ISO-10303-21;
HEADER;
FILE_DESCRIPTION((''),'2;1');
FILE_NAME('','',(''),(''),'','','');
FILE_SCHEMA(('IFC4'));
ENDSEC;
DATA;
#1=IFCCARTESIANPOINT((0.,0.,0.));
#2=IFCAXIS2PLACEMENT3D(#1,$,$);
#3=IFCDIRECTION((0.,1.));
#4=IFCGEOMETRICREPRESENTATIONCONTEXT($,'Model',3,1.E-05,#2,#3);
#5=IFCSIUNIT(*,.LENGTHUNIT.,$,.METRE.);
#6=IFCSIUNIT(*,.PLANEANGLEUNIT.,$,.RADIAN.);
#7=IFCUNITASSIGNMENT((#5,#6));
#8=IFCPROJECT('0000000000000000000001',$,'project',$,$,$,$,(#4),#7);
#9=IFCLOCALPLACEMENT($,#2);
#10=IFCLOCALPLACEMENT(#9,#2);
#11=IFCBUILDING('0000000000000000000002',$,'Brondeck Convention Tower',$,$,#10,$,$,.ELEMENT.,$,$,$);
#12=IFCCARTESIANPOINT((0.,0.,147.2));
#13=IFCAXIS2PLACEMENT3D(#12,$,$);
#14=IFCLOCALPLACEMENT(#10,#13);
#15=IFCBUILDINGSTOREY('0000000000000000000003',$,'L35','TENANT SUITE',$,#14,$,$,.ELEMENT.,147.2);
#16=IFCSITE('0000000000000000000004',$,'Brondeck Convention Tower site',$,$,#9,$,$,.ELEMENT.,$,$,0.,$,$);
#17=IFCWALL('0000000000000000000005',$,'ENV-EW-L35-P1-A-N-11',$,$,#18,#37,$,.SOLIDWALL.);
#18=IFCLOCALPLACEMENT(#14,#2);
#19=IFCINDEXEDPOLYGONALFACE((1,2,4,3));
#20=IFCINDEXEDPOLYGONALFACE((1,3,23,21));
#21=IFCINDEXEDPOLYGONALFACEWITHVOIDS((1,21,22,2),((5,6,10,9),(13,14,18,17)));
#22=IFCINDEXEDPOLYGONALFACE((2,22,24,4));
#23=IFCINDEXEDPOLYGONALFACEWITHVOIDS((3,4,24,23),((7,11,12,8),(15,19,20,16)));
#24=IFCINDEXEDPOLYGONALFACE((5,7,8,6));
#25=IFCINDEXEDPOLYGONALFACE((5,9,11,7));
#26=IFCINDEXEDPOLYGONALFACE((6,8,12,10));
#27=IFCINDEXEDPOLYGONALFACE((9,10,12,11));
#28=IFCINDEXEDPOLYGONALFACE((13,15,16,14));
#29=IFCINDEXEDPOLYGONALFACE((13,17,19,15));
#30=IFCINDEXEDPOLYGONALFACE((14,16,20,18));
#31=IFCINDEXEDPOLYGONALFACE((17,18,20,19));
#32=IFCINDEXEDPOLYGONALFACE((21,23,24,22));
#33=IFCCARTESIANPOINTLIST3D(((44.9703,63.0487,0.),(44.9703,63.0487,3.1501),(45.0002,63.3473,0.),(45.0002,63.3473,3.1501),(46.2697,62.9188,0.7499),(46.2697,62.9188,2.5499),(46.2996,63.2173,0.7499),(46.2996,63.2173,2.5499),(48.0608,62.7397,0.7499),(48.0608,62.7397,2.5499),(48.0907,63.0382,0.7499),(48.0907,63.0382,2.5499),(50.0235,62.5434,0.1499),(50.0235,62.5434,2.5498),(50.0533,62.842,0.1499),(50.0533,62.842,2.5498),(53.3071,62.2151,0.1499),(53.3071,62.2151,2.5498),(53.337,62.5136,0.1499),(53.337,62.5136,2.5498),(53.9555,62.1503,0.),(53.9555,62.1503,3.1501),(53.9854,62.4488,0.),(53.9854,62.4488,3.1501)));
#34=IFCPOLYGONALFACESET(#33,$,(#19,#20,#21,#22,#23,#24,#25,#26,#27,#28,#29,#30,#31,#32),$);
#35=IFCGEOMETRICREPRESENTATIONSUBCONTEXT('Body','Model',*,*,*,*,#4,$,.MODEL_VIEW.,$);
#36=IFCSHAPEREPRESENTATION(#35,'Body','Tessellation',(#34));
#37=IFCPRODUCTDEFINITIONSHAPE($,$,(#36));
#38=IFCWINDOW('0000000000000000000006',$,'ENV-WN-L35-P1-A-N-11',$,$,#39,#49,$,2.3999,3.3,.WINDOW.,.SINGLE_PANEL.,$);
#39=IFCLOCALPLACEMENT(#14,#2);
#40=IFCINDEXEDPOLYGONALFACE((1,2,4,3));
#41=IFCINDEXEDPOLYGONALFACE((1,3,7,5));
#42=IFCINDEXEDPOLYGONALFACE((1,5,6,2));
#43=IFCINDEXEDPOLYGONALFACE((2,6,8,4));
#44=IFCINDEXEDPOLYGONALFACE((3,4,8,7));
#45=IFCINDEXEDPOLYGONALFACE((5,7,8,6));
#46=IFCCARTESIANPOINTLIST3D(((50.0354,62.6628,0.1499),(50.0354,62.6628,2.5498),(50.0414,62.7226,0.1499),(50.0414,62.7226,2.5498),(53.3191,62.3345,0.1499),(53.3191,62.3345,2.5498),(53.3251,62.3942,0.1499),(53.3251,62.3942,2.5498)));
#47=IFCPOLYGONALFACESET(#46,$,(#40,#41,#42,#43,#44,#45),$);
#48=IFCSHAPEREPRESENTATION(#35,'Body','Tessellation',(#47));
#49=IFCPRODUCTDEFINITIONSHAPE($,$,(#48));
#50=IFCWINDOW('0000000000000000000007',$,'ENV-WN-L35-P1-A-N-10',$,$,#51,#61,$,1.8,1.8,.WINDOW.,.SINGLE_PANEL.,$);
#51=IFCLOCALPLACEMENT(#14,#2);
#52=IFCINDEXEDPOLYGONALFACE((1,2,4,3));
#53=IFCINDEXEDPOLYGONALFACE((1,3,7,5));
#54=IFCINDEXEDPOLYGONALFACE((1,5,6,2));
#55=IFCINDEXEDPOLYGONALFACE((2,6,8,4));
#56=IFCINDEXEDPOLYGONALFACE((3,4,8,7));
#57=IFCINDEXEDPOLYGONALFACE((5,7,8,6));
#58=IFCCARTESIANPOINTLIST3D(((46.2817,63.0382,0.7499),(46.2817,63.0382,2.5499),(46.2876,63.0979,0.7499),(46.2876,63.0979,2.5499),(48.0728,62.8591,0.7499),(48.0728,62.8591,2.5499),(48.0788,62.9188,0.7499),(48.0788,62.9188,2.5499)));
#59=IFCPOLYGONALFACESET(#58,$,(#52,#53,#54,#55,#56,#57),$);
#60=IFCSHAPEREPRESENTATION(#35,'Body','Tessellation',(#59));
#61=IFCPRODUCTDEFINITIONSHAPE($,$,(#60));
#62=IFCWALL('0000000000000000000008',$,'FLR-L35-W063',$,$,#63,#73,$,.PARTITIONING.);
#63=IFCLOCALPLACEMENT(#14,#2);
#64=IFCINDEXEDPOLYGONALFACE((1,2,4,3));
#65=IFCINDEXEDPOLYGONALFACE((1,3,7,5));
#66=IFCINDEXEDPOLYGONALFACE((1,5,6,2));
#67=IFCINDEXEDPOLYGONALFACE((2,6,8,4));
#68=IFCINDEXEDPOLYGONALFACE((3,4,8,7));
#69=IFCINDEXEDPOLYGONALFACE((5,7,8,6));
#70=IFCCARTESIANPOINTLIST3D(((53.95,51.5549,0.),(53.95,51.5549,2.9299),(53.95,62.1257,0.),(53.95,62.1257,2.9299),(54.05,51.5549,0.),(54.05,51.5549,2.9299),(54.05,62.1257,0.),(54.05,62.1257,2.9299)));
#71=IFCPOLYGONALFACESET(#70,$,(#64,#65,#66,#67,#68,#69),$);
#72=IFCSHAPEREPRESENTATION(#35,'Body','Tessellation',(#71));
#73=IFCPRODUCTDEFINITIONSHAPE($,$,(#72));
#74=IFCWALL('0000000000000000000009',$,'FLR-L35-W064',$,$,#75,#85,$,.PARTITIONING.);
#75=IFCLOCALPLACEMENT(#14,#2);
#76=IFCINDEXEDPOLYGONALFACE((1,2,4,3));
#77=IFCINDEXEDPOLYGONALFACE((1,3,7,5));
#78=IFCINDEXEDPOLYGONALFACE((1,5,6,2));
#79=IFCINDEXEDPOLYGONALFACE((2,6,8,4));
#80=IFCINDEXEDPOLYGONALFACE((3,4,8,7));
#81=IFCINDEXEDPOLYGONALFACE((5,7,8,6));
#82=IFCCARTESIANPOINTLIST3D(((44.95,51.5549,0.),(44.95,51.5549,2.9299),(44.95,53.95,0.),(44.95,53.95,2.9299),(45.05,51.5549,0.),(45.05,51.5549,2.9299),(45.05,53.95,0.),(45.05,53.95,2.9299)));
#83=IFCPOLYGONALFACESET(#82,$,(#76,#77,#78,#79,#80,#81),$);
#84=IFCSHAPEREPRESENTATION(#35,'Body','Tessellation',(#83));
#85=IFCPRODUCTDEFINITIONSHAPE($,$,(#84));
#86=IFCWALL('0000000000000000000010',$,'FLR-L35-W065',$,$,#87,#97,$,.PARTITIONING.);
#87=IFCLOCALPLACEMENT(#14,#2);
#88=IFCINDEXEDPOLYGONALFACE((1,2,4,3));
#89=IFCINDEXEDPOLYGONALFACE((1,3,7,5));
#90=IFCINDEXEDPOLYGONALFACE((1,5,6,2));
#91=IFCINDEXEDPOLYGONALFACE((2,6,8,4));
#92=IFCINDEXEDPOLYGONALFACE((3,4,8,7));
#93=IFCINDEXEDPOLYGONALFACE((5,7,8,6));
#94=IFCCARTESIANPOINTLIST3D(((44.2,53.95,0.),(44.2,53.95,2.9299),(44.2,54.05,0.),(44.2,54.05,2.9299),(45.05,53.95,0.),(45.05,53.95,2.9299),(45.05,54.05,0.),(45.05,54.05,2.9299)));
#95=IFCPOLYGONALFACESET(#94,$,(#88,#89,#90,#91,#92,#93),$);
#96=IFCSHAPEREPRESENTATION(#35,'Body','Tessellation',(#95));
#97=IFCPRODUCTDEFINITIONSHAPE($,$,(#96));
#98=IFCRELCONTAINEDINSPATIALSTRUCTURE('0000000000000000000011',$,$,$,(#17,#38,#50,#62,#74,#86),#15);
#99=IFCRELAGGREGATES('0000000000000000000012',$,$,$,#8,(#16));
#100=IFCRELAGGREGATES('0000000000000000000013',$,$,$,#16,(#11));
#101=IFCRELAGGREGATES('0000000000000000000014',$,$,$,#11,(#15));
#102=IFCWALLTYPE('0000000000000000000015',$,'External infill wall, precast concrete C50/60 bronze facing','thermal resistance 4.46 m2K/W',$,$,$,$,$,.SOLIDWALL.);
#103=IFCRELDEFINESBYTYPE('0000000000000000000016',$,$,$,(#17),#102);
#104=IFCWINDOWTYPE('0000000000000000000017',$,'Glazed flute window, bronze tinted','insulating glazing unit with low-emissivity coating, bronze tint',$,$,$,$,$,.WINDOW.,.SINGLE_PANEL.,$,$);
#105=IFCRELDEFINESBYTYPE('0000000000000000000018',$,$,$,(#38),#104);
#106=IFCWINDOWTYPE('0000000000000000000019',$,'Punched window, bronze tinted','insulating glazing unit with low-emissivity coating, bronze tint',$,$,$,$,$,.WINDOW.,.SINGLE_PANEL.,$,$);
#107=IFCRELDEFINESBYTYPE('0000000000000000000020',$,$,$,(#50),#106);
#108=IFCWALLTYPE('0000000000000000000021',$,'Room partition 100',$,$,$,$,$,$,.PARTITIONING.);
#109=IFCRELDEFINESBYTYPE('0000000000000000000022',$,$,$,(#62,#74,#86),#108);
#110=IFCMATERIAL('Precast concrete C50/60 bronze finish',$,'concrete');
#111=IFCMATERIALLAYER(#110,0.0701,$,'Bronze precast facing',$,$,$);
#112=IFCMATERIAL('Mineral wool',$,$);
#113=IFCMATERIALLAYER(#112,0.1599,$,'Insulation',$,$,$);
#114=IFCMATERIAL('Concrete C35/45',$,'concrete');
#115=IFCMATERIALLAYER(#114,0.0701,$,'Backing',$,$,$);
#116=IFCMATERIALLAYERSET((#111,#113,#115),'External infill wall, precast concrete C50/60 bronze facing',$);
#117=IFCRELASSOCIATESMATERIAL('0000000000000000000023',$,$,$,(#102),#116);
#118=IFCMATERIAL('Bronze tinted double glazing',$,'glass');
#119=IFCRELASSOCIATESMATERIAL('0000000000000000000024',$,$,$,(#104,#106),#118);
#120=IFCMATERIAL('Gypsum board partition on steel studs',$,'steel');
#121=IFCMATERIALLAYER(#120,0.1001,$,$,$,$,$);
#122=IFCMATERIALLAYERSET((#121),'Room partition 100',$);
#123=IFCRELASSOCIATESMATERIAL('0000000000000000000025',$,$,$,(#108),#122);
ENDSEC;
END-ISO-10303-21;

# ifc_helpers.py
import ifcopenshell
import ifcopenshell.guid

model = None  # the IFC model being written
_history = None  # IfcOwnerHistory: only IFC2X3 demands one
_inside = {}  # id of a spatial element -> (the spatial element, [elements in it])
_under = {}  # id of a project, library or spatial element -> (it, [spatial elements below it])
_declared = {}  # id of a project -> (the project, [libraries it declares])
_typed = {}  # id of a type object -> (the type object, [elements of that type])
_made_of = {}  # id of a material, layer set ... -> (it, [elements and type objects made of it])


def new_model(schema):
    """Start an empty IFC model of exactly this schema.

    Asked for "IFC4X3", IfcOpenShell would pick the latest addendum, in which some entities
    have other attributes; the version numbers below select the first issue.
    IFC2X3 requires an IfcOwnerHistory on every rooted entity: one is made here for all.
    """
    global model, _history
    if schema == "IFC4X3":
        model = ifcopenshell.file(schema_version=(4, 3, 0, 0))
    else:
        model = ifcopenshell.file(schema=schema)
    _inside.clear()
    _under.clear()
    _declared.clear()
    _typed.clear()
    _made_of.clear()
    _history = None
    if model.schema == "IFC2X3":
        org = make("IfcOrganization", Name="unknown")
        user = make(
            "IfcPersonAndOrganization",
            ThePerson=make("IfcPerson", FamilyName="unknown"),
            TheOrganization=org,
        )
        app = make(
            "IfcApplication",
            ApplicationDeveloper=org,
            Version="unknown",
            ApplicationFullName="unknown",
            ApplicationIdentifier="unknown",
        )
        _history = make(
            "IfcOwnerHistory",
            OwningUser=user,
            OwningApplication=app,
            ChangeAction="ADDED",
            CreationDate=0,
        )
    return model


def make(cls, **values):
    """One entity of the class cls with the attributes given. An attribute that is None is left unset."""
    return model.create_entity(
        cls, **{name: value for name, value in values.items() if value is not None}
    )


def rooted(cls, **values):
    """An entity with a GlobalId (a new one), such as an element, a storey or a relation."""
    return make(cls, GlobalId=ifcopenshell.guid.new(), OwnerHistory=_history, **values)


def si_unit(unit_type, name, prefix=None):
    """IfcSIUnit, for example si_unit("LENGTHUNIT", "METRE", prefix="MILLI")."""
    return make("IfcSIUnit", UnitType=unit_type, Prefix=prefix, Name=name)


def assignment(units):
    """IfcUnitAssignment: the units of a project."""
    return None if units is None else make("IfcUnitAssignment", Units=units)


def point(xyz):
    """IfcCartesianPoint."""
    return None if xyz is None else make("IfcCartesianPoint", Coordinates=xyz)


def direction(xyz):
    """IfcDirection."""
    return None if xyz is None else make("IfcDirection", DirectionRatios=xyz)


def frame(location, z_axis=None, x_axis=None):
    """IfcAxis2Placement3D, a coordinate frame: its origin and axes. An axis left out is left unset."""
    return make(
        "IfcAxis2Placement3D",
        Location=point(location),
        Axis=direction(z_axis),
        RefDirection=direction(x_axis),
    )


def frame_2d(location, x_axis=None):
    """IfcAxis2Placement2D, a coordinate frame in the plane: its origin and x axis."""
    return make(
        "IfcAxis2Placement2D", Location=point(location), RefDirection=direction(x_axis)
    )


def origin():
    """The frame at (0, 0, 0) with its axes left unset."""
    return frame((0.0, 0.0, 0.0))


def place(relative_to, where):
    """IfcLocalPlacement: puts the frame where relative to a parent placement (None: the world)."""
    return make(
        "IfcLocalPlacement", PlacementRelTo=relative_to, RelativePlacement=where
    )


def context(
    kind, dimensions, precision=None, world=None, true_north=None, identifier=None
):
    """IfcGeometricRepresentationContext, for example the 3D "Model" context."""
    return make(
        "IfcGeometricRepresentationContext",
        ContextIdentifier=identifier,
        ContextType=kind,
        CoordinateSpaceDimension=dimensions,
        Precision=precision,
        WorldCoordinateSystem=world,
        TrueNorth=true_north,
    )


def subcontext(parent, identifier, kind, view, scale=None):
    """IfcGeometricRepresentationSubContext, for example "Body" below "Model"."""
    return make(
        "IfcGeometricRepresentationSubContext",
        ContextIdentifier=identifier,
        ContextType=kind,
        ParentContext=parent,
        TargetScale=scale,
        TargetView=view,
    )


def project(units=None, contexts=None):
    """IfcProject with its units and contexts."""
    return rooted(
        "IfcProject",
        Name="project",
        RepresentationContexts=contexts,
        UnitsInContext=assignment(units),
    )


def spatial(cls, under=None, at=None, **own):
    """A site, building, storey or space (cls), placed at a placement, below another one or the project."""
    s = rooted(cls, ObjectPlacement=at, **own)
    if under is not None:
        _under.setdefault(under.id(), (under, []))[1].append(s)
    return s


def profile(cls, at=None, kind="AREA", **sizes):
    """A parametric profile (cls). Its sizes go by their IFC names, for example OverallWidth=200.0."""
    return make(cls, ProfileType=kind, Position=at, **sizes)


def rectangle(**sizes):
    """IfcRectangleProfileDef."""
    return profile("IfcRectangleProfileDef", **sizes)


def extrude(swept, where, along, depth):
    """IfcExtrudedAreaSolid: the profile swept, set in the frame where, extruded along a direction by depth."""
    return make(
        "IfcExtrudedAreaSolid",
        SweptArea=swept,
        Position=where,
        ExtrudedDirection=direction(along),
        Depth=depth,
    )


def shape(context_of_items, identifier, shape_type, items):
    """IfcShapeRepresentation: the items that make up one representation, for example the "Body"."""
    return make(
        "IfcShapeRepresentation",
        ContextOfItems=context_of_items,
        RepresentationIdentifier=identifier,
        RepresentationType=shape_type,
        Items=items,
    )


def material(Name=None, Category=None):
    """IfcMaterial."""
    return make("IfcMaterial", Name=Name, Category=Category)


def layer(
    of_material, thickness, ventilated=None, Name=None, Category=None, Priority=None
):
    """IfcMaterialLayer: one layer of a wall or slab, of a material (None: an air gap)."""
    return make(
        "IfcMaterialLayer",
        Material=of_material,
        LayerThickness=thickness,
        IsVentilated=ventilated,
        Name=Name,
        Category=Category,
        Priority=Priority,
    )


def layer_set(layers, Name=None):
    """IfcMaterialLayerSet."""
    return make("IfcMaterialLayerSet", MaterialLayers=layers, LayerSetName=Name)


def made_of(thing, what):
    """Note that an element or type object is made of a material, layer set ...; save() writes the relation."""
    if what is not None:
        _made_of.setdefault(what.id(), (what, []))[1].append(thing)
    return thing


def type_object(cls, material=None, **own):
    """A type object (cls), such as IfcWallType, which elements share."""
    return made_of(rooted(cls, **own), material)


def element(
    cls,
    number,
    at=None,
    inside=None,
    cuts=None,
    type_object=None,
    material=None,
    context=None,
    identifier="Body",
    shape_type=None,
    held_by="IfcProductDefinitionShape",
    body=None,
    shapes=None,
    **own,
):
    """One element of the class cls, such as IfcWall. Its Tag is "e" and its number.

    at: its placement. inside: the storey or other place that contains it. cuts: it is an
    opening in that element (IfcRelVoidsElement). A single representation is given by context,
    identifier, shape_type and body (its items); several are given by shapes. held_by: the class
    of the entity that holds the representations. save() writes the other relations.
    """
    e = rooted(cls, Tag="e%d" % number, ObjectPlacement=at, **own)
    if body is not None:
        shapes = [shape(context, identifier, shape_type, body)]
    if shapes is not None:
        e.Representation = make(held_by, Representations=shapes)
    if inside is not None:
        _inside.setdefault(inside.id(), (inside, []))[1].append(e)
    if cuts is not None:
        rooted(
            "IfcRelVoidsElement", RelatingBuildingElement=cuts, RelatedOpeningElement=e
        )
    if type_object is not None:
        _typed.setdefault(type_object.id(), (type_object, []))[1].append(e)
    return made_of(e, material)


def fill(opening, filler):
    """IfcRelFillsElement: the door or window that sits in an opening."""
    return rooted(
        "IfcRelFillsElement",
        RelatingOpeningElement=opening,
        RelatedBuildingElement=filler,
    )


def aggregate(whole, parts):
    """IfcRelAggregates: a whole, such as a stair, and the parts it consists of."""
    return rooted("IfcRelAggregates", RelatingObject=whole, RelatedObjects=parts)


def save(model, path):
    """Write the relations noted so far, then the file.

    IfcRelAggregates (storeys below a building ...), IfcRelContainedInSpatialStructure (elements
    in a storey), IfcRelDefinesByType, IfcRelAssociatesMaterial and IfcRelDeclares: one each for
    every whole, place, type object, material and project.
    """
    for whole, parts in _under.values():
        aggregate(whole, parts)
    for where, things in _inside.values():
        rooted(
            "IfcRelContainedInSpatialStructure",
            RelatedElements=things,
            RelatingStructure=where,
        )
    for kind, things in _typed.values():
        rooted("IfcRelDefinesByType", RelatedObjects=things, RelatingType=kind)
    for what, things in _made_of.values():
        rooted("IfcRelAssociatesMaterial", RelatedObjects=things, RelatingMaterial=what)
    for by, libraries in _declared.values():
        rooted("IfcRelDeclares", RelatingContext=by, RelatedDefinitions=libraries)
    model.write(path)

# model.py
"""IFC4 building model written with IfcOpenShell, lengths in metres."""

from ifc_helpers import new_model, si_unit, direction, frame, frame_2d, origin, place, context, subcontext, project, spatial, rectangle, extrude, material, layer, layer_set, type_object, element, fill, save


model = new_model("IFC4")

# Units and contexts
model_context = context("Model", 3, precision=1e-05, world=origin(), true_north=direction((0.0, 1.0)))
body_context = subcontext(model_context, "Body", "Model", "MODEL_VIEW")
ifc_project = project(units=[si_unit("LENGTHUNIT", "METRE"), si_unit("PLANEANGLEUNIT", "RADIAN")], contexts=[model_context])

# Site, building, storey
site_placement = place(None, origin())
site = spatial("IfcSite", under=ifc_project, at=site_placement, Name="Brondeck Convention Tower site", CompositionType="ELEMENT", RefElevation=0.0)
building_placement = place(site_placement, origin())
building = spatial("IfcBuilding", under=site, at=building_placement, Name="Brondeck Convention Tower", CompositionType="ELEMENT")
storey_placement = place(building_placement, frame((0.0, 0.0, 147.2)))
storey = spatial("IfcBuildingStorey", under=building, at=storey_placement, Name="L35", Description="TENANT SUITE", CompositionType="ELEMENT", Elevation=147.2)

# Shared definitions
ifc_material_1 = material(Name="Precast concrete C50/60 bronze finish", Category="concrete")
ifc_layer_1 = layer(ifc_material_1, 0.0701, Name="Bronze precast facing")
ifc_material_2 = material(Name="Mineral wool")
ifc_layer_2 = layer(ifc_material_2, 0.1599, Name="Insulation")
ifc_material_3 = material(Name="Concrete C35/45", Category="concrete")
ifc_layer_3 = layer(ifc_material_3, 0.0701, Name="Backing")
ifc_layer_set_1 = layer_set([ifc_layer_1, ifc_layer_2, ifc_layer_3], Name="External infill wall, precast concrete C50/60 bronze facing")
wall_type_1 = type_object("IfcWallType", Name="External infill wall, precast concrete C50/60 bronze facing", Description="thermal resistance 4.46 m2K/W", PredefinedType="SOLIDWALL", material=ifc_layer_set_1)
ifc_material_4 = material(Name="Bronze tinted double glazing", Category="glass")
window_type_1 = type_object("IfcWindowType", Name="Glazed flute window, bronze tinted", Description="insulating glazing unit with low-emissivity coating, bronze tint", PartitioningType="SINGLE_PANEL", PredefinedType="WINDOW", material=ifc_material_4)

# Wall, openings, windows
wall_1_placement = place(storey_placement, frame((44.9851, 63.198, 0.0), z_axis=(0.0, 0.0, 1.0), x_axis=(0.995038, -0.099496, 0.0)))
wall_1 = element("IfcWall", 1, at=wall_1_placement, inside=storey, type_object=wall_type_1, Name="ENV-EW-L35-P1-A-N-11", PredefinedType="SOLIDWALL", context=body_context, shape_type="SweptSolid", body=[
    extrude(rectangle(XDim=9.03, YDim=0.3, at=frame_2d((4.5151, 0.0))), origin(), (0.0, 0.0, 1.0), 3.1501),
])
opening_1_placement = place(wall_1_placement, frame((1.3062, 0.0, 0.75)))
opening_1 = element("IfcOpeningElement", 2, at=opening_1_placement, cuts=wall_1, PredefinedType="OPENING", context=body_context, shape_type="SweptSolid", body=[
    extrude(rectangle(XDim=1.8, YDim=1.8, at=frame_2d((0.8999, 0.8999))), frame((0.0, 0.1599, 0.0), z_axis=(0.0, -1.0, 0.0), x_axis=(1.0, 0.0, 0.0)), (0.0, 0.0, 1.0), 0.3201),
])
opening_2_placement = place(wall_1_placement, frame((5.0786, 0.0, 0.1499)))
opening_2 = element("IfcOpeningElement", 3, at=opening_2_placement, cuts=wall_1, PredefinedType="OPENING", context=body_context, shape_type="SweptSolid", body=[
    extrude(rectangle(XDim=3.3, YDim=2.3999, at=frame_2d((1.6499, 1.2))), frame((0.0, 0.1599, 0.0), z_axis=(0.0, -1.0, 0.0), x_axis=(1.0, 0.0, 0.0)), (0.0, 0.0, 1.0), 0.3201),
])
window_1_placement = place(opening_2_placement, origin())
window_1 = element("IfcWindow", 4, at=window_1_placement, inside=storey, type_object=window_type_1, Name="ENV-WN-L35-P1-A-N-11", OverallHeight=2.3999, OverallWidth=3.3, PartitioningType="SINGLE_PANEL", PredefinedType="WINDOW", context=body_context, shape_type="SweptSolid", body=[
    extrude(rectangle(XDim=3.3, YDim=2.3999, at=frame_2d((1.6499, 1.2))), frame((0.0, 0.03, 0.0), z_axis=(0.0, -1.0, 0.0), x_axis=(1.0, 0.0, 0.0)), (0.0, 0.0, 1.0), 0.0601),
])
fill(opening_2, window_1)
window_type_2 = type_object("IfcWindowType", Name="Punched window, bronze tinted", Description="insulating glazing unit with low-emissivity coating, bronze tint", PartitioningType="SINGLE_PANEL", PredefinedType="WINDOW", material=ifc_material_4)
window_2_placement = place(opening_1_placement, origin())
window_2 = element("IfcWindow", 5, at=window_2_placement, inside=storey, type_object=window_type_2, Name="ENV-WN-L35-P1-A-N-10", OverallHeight=1.8, OverallWidth=1.8, PartitioningType="SINGLE_PANEL", PredefinedType="WINDOW", context=body_context, shape_type="SweptSolid", body=[
    extrude(rectangle(XDim=1.8, YDim=1.8, at=frame_2d((0.8999, 0.8999))), frame((0.0, 0.03, 0.0), z_axis=(0.0, -1.0, 0.0), x_axis=(1.0, 0.0, 0.0)), (0.0, 0.0, 1.0), 0.0601),
])
fill(opening_1, window_2)

# Walls
ifc_material_5 = material(Name="Gypsum board partition on steel studs", Category="steel")
ifc_layer_4 = layer(ifc_material_5, 0.1001)
ifc_layer_set_2 = layer_set([ifc_layer_4], Name="Room partition 100")
wall_type_2 = type_object("IfcWallType", Name="Room partition 100", PredefinedType="PARTITIONING", material=ifc_layer_set_2)
wall_2_placement = place(storey_placement, frame((54.0, 51.5549, 0.0), z_axis=(0.0, 0.0, 1.0), x_axis=(0.0, 1.0, 0.0)))
element("IfcWall", 6, at=wall_2_placement, inside=storey, type_object=wall_type_2, Name="FLR-L35-W063", PredefinedType="PARTITIONING", context=body_context, shape_type="SweptSolid", body=[
    extrude(rectangle(XDim=10.5708, YDim=0.1001, at=frame_2d((5.2854, 0.0))), origin(), (0.0, 0.0, 1.0), 2.9299),
])
wall_3_placement = place(storey_placement, frame((45.0, 53.95, 0.0), z_axis=(0.0, 0.0, 1.0), x_axis=(0.0, -1.0, 0.0)))
element("IfcWall", 7, at=wall_3_placement, inside=storey, type_object=wall_type_2, Name="FLR-L35-W064", PredefinedType="PARTITIONING", context=body_context, shape_type="SweptSolid", body=[
    extrude(rectangle(XDim=2.395, YDim=0.1001, at=frame_2d((1.1975, 0.0))), origin(), (0.0, 0.0, 1.0), 2.9299),
])
wall_4_placement = place(storey_placement, frame((44.2, 54.0, 0.0), z_axis=(0.0, 0.0, 1.0), x_axis=(1.0, 0.0, 0.0)))
element("IfcWall", 8, at=wall_4_placement, inside=storey, type_object=wall_type_2, Name="FLR-L35-W065", PredefinedType="PARTITIONING", context=body_context, shape_type="SweptSolid", body=[
    extrude(rectangle(XDim=0.8501, YDim=0.1001, at=frame_2d((0.425, 0.0))), origin(), (0.0, 0.0, 1.0), 2.9299),
])

save(model, "model.ifc")
